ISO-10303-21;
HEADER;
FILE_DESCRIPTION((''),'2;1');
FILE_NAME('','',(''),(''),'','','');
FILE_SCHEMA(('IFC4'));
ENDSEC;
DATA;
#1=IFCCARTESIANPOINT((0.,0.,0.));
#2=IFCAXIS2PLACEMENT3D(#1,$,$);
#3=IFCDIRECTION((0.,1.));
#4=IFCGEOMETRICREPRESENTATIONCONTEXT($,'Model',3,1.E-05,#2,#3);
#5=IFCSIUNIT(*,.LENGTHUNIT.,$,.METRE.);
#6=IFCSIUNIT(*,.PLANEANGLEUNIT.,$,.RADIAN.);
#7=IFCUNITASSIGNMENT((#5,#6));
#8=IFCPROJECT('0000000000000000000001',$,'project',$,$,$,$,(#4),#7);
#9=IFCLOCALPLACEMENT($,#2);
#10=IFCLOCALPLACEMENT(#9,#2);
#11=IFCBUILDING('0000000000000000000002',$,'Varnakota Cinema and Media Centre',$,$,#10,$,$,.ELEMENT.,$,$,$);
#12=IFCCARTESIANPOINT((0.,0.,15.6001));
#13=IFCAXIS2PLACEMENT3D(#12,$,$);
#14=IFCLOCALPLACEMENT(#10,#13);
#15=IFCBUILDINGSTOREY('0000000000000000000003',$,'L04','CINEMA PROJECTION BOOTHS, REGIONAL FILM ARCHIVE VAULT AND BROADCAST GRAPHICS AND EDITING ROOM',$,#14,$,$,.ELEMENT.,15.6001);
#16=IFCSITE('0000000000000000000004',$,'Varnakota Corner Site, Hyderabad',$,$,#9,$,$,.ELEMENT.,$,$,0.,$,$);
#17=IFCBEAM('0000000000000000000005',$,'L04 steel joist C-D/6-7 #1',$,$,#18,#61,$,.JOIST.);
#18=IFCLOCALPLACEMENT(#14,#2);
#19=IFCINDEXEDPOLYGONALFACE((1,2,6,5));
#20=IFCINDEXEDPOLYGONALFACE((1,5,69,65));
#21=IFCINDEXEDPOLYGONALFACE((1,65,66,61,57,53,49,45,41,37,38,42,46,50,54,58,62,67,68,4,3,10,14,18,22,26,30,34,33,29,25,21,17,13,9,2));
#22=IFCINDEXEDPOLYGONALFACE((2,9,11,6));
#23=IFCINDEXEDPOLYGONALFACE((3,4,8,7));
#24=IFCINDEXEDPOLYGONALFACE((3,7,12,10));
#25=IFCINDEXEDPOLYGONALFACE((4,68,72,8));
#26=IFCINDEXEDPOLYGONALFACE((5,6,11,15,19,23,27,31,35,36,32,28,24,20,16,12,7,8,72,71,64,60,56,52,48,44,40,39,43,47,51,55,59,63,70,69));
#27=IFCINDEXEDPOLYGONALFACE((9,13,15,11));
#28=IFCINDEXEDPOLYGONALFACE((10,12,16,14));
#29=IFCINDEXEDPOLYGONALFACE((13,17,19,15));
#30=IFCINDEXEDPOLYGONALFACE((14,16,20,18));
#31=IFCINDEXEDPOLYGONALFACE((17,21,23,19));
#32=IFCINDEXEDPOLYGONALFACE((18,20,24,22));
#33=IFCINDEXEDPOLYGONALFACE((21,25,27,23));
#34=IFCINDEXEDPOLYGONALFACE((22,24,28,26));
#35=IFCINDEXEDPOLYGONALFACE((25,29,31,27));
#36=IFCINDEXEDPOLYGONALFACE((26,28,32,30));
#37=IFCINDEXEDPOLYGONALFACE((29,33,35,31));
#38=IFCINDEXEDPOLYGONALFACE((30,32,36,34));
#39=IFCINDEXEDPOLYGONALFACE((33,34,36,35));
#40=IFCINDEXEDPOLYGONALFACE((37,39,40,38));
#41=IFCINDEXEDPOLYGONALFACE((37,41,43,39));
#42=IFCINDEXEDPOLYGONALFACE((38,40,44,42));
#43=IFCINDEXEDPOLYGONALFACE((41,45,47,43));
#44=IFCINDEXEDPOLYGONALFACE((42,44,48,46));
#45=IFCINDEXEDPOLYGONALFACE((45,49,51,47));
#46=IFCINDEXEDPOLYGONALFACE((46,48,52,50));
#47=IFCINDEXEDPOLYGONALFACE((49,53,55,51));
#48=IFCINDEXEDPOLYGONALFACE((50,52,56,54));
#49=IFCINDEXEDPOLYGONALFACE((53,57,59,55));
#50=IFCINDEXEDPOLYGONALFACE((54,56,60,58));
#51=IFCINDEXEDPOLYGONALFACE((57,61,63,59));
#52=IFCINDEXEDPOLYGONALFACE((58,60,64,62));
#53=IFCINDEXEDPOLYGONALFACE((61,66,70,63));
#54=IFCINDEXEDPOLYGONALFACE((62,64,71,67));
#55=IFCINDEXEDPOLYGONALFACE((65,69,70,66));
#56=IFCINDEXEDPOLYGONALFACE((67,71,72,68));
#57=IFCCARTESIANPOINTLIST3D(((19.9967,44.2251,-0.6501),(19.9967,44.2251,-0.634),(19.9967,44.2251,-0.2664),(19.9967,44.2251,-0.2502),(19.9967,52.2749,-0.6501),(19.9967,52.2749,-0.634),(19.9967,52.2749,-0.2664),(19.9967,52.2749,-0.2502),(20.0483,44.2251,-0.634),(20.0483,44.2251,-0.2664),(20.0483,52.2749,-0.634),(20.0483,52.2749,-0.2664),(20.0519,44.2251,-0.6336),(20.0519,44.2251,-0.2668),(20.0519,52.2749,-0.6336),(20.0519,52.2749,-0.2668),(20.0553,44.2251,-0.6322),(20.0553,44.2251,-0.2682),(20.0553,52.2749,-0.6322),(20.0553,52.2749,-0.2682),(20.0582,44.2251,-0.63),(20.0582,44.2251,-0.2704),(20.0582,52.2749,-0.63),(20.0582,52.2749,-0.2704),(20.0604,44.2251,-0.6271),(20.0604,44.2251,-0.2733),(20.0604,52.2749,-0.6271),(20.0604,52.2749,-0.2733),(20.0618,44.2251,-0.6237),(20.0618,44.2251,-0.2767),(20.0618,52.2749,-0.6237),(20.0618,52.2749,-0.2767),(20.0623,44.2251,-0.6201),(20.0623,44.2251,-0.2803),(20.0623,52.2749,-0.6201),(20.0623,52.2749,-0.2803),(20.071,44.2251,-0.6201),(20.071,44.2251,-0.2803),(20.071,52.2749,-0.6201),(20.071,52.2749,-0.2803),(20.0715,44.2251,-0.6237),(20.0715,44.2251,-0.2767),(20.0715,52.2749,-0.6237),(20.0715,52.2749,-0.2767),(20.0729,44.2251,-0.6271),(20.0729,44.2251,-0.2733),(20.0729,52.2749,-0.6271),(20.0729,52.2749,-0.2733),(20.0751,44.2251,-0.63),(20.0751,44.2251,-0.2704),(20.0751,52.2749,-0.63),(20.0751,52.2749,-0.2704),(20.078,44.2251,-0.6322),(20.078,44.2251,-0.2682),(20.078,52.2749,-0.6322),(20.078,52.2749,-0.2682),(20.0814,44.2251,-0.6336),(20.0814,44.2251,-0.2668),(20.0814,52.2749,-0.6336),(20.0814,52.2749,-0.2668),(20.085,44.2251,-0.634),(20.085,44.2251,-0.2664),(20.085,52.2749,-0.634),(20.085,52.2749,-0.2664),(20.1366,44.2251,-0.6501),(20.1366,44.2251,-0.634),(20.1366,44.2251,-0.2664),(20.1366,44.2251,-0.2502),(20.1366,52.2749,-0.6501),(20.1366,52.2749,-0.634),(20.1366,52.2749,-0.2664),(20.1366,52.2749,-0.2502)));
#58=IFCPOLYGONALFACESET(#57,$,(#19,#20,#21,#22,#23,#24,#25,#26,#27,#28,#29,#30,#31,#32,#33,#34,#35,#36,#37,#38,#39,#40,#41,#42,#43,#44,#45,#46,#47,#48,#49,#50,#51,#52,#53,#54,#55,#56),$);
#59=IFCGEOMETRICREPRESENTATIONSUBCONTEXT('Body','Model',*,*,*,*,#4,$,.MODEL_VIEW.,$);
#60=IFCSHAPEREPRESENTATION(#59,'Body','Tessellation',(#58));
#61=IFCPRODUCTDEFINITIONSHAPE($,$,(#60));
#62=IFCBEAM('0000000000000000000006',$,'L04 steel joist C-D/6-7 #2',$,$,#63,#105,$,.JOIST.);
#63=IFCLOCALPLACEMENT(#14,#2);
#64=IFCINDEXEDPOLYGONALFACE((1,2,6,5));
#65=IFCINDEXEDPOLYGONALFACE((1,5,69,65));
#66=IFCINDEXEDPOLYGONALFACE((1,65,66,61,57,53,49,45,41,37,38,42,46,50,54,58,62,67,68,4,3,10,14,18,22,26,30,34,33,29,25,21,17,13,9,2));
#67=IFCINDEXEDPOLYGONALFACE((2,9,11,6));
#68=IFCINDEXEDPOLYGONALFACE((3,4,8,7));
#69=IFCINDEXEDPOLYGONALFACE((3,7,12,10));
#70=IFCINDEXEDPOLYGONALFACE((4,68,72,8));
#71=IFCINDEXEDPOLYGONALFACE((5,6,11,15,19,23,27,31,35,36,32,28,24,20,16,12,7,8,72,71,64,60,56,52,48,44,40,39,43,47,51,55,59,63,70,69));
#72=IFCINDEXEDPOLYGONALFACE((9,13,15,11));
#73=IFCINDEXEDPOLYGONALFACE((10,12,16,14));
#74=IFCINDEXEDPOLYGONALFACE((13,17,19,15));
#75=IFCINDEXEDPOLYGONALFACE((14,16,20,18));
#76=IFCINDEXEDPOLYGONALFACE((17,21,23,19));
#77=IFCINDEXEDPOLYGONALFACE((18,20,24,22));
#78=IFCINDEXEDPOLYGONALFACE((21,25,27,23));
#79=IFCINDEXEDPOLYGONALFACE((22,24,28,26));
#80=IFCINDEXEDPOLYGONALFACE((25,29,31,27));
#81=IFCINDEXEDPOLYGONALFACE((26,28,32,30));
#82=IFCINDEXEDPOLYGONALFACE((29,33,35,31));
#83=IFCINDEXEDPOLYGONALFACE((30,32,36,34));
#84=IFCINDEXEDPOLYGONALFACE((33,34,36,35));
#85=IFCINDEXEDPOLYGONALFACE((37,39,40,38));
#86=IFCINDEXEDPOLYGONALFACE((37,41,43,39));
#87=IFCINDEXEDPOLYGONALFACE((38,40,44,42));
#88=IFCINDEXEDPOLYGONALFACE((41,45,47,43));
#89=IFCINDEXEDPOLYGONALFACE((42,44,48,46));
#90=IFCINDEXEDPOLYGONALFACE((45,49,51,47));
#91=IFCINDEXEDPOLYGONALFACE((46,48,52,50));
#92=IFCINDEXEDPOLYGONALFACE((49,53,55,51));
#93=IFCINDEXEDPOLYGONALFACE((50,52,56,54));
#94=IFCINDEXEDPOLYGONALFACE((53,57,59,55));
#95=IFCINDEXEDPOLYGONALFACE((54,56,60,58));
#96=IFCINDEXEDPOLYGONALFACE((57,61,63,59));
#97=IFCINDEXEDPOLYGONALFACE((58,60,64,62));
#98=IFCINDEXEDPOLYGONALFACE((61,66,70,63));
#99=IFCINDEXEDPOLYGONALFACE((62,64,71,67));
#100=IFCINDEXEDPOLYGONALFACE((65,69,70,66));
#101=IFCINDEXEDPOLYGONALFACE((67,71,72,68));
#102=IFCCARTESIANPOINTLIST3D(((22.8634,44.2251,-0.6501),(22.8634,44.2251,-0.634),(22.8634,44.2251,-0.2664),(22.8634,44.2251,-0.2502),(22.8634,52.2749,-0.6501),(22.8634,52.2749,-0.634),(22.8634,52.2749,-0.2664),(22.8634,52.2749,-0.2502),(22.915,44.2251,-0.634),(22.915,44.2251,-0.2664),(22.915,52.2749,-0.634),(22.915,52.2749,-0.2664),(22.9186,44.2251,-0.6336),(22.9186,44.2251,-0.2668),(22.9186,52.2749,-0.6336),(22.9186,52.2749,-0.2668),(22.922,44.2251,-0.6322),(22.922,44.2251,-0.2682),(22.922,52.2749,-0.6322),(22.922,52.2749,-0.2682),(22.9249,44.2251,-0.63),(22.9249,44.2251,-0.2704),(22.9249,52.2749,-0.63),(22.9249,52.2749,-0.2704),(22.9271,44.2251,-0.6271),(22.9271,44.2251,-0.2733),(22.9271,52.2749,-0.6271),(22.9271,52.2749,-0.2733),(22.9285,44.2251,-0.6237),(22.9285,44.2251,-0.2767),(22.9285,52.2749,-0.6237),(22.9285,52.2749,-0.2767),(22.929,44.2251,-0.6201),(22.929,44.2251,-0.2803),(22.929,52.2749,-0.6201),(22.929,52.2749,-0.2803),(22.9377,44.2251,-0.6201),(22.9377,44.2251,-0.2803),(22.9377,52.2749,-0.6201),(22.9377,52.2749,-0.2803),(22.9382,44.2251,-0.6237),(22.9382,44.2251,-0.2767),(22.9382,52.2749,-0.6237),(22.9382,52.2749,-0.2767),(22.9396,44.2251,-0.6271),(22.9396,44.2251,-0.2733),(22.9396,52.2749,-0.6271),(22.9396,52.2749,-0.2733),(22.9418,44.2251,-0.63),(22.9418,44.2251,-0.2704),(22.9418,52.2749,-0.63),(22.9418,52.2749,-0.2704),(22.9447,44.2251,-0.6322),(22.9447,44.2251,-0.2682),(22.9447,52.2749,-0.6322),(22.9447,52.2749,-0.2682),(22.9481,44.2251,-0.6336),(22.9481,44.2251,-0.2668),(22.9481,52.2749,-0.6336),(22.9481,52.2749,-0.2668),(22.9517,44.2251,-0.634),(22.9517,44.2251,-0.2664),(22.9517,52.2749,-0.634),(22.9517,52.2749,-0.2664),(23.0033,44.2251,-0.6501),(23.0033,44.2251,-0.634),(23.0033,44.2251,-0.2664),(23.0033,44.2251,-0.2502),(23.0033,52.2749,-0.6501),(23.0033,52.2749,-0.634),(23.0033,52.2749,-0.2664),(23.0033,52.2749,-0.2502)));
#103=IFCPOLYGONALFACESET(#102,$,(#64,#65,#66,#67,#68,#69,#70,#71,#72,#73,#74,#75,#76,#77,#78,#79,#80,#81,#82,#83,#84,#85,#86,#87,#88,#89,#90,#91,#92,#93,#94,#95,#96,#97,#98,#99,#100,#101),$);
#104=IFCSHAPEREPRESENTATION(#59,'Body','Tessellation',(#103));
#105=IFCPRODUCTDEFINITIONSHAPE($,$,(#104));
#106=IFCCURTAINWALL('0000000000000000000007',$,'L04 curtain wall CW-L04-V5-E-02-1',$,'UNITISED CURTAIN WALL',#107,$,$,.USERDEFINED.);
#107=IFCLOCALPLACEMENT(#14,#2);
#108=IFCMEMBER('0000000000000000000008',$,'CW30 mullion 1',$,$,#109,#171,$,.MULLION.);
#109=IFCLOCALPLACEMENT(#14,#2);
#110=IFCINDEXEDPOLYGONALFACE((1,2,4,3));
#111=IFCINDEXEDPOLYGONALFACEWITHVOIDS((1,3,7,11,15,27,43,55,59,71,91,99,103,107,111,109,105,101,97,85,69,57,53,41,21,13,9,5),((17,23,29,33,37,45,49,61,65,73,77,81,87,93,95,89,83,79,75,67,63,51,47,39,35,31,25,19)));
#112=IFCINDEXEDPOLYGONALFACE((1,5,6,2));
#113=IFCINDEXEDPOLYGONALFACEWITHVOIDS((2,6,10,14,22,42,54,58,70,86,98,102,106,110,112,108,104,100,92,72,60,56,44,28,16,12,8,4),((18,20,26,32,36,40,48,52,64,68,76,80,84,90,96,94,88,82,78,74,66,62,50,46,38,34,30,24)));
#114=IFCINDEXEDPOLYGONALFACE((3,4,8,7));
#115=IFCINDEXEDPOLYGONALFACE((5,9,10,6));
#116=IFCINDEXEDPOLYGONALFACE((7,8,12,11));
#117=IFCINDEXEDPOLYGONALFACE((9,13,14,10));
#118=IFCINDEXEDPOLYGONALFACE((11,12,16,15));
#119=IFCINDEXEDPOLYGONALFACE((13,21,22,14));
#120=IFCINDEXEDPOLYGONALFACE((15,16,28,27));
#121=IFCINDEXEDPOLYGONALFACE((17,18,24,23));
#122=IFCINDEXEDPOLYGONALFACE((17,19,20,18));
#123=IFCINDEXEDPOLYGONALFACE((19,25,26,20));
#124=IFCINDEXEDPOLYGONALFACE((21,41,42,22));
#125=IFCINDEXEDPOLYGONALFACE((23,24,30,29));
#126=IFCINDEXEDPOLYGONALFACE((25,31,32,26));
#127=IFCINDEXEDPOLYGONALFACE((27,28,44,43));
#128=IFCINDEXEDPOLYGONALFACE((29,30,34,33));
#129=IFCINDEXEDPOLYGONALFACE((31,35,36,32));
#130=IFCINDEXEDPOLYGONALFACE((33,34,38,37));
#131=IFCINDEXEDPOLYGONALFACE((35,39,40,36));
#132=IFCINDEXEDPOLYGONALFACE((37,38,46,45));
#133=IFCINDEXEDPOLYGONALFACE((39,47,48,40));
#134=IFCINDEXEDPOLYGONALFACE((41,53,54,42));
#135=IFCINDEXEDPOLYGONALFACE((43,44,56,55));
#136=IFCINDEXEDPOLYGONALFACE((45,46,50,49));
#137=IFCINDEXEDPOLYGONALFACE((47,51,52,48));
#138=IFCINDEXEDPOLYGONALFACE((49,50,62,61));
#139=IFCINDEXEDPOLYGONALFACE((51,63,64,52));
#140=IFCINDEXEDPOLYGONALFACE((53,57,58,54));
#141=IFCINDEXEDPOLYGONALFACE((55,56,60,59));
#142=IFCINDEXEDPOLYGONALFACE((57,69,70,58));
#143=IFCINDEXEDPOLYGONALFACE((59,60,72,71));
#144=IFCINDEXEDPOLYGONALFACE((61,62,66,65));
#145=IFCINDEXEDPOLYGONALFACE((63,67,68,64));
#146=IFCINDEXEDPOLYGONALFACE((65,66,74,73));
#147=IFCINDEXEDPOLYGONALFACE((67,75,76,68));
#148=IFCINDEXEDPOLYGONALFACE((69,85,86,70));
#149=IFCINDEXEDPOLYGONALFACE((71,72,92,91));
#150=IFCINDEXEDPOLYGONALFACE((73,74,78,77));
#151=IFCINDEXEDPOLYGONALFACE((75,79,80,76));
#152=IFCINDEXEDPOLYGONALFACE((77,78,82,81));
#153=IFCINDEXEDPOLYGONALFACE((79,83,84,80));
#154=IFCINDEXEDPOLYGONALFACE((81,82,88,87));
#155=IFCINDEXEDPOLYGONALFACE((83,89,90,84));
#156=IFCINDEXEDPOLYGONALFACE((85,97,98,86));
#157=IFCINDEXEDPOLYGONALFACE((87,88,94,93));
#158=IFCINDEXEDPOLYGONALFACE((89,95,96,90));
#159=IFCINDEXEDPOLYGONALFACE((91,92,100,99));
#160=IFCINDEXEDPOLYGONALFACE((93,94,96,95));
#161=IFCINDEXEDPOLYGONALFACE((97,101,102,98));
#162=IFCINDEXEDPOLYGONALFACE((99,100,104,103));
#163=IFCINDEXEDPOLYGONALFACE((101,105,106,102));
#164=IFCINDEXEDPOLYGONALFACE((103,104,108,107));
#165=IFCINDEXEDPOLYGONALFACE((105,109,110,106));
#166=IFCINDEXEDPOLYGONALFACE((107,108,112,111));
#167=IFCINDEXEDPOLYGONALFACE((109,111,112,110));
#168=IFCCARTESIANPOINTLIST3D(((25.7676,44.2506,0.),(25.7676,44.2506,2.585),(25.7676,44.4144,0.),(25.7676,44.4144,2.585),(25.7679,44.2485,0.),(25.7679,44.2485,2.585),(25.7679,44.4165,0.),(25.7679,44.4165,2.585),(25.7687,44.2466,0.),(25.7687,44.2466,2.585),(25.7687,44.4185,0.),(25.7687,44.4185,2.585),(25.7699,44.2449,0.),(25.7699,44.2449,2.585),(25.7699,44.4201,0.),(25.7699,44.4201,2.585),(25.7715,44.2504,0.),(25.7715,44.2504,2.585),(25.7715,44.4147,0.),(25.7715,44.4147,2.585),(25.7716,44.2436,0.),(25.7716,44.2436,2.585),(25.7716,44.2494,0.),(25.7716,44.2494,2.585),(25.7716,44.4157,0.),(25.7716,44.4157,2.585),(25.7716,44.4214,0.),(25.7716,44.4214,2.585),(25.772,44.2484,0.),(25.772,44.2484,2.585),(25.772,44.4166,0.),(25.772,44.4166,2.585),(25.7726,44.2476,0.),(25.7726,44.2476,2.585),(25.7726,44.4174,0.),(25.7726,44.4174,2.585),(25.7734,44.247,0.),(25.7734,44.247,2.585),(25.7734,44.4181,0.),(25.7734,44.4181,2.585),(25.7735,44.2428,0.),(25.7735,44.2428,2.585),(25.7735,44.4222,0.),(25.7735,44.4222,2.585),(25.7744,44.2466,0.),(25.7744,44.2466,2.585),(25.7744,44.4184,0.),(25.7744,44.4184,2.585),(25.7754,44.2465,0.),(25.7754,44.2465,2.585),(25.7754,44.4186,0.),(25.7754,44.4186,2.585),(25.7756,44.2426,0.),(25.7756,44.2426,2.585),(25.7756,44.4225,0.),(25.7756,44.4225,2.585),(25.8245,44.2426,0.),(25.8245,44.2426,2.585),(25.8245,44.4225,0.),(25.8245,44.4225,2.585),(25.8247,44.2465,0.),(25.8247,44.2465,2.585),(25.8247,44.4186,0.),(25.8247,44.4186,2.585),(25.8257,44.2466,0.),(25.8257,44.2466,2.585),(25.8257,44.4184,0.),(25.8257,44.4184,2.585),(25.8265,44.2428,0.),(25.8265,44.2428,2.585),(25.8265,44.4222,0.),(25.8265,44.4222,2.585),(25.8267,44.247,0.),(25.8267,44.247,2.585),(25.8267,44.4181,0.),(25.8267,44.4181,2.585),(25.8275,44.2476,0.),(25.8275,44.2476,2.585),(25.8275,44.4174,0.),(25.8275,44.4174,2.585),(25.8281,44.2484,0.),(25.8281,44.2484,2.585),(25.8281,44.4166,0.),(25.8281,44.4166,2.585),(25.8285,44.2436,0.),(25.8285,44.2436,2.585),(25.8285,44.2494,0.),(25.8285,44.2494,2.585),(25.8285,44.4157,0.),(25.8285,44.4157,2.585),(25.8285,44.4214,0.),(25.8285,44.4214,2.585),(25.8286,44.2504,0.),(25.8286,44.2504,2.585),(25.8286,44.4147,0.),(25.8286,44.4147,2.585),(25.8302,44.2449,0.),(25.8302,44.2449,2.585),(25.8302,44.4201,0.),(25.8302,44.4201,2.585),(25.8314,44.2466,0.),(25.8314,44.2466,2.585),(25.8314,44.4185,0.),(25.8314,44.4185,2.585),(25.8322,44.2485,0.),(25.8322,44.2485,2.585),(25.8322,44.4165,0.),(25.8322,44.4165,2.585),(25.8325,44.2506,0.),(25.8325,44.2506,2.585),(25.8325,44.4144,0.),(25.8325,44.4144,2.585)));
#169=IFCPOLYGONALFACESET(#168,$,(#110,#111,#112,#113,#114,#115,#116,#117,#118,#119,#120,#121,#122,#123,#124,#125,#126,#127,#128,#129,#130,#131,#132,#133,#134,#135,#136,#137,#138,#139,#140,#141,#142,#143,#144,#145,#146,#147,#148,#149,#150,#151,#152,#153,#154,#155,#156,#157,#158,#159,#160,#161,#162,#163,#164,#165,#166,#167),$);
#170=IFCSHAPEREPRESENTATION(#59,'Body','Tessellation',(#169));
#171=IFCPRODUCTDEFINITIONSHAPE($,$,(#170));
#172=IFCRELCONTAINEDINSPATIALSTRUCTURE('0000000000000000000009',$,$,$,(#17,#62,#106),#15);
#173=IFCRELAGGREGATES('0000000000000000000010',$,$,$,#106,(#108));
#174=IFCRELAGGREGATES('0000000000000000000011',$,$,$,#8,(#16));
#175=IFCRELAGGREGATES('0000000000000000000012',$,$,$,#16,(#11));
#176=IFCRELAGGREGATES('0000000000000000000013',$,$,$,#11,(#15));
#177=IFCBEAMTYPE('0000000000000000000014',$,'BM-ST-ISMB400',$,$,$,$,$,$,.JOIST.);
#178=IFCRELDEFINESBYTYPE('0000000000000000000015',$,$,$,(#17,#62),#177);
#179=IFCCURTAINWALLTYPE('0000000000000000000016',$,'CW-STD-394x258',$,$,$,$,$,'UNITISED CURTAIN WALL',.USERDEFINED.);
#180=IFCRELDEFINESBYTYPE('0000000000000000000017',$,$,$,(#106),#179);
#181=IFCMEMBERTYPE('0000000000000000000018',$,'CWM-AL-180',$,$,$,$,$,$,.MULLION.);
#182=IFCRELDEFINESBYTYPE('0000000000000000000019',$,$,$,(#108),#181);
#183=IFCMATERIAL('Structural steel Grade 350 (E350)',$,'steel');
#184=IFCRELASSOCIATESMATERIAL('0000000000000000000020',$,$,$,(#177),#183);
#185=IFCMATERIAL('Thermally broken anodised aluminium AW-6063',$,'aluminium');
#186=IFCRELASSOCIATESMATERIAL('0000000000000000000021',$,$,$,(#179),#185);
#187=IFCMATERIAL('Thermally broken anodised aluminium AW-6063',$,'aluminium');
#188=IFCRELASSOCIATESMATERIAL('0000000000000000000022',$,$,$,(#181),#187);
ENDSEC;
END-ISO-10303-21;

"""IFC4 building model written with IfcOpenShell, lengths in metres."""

from ifc_helpers import new_model, si_unit, direction, frame, origin, origin_2d, place, context, subcontext, project, spatial, hollow_rectangle, i_section, extrude, material, material_profile, profile_set, type_object, element, aggregate, save


model = new_model("IFC4")

# Units and contexts
model_context = context("Model", 3, precision=1e-05, world=origin(), true_north=direction((0.0, 1.0)))
body_context = subcontext(model_context, "Body", "Model", "MODEL_VIEW")
ifc_project = project(units=[si_unit("LENGTHUNIT", "METRE"), si_unit("PLANEANGLEUNIT", "RADIAN")], contexts=[model_context])

# Site, building, storey
site_placement = place(None, origin())
site = spatial("IfcSite", under=ifc_project, at=site_placement, Name="Varnakota Corner Site, Hyderabad", CompositionType="ELEMENT", RefElevation=0.0)
building_placement = place(site_placement, origin())
building = spatial("IfcBuilding", under=site, at=building_placement, Name="Varnakota Cinema and Media Centre", CompositionType="ELEMENT")
storey_placement = place(building_placement, frame((0.0, 0.0, 15.6001)))
storey = spatial("IfcBuildingStorey", under=building, at=storey_placement, Name="L04", Description="CINEMA PROJECTION BOOTHS, REGIONAL FILM ARCHIVE VAULT AND BROADCAST GRAPHICS AND EDITING ROOM", CompositionType="ELEMENT", Elevation=15.6001)

# Beams
ifc_material_1 = material(Name="Structural steel Grade 350 (E350)", Category="steel")
ifc_material_profile_1 = material_profile(ifc_material_1, i_section(OverallWidth=0.1399, OverallDepth=0.3999, WebThickness=0.0088, FlangeThickness=0.0161, FilletRadius=0.0139, at=origin_2d()), Name="ISMB 400")
ifc_profile_set_1 = profile_set([ifc_material_profile_1], Name="Structural steel Grade 350 (E350)")
beam_type_1 = type_object("IfcBeamType", Name="BM-ST-ISMB400", PredefinedType="JOIST", material=ifc_profile_set_1)
for number, where, z_axis, x_axis, name in (
    (1, (20.0667, 44.2251, -0.4502), (0.0, 1.0, 0.0), (-1.0, 0.0, 0.0), "L04 steel joist C-D/6-7 #1"),
    (2, (22.9333, 44.2251, -0.4502), (0.0, 1.0, 0.0), (-1.0, 0.0, 0.0), "L04 steel joist C-D/6-7 #2"),
):
    element("IfcBeam", number, at=place(storey_placement, frame(where, z_axis=z_axis, x_axis=x_axis)), inside=storey, type_object=beam_type_1, Name=name, PredefinedType="JOIST", context=body_context, shape_type="SweptSolid", body=[
        extrude(i_section(OverallWidth=0.1399, OverallDepth=0.3999, WebThickness=0.0088, FlangeThickness=0.0161, FilletRadius=0.0139, at=origin_2d()), origin(), (0.0, 0.0, 1.0), 8.0498),
    ])

# Curtain wall, member
ifc_material_2 = material(Name="Thermally broken anodised aluminium AW-6063", Category="aluminium")
curtain_wall_type = type_object("IfcCurtainWallType", Name="CW-STD-394x258", ElementType="UNITISED CURTAIN WALL", PredefinedType="USERDEFINED", material=ifc_material_2)
curtain_wall_placement = place(storey_placement, origin())
curtain_wall = element("IfcCurtainWall", 3, at=curtain_wall_placement, inside=storey, type_object=curtain_wall_type, Name="L04 curtain wall CW-L04-V5-E-02-1", ObjectType="UNITISED CURTAIN WALL", PredefinedType="USERDEFINED")
ifc_material_3 = material(Name="Thermally broken anodised aluminium AW-6063", Category="aluminium")
ifc_material_profile_2 = material_profile(ifc_material_3, hollow_rectangle(XDim=0.0649, YDim=0.1799, WallThickness=0.0039, InnerFilletRadius=0.0039, OuterFilletRadius=0.0081, at=origin_2d()), Name="AL-MULLION 180x65x4")
ifc_profile_set_2 = profile_set([ifc_material_profile_2], Name="Thermally broken anodised aluminium AW-6063")
member_type_1 = type_object("IfcMemberType", Name="CWM-AL-180", PredefinedType="MULLION", material=ifc_profile_set_2)
member_1_placement = place(storey_placement, frame((25.8, 44.3325, 0.0), z_axis=(0.0, 0.0, 1.0), x_axis=(-1.0, 0.0, 0.0)))
member_1 = element("IfcMember", 4, at=member_1_placement, type_object=member_type_1, Name="CW30 mullion 1", PredefinedType="MULLION", context=body_context, shape_type="SweptSolid", body=[
    extrude(hollow_rectangle(XDim=0.0649, YDim=0.1799, WallThickness=0.0039, InnerFilletRadius=0.0039, OuterFilletRadius=0.0081, at=origin_2d()), origin(), (0.0, 0.0, 1.0), 2.585),
])
aggregate(curtain_wall, [member_1])

save(model, "model.ifc")
